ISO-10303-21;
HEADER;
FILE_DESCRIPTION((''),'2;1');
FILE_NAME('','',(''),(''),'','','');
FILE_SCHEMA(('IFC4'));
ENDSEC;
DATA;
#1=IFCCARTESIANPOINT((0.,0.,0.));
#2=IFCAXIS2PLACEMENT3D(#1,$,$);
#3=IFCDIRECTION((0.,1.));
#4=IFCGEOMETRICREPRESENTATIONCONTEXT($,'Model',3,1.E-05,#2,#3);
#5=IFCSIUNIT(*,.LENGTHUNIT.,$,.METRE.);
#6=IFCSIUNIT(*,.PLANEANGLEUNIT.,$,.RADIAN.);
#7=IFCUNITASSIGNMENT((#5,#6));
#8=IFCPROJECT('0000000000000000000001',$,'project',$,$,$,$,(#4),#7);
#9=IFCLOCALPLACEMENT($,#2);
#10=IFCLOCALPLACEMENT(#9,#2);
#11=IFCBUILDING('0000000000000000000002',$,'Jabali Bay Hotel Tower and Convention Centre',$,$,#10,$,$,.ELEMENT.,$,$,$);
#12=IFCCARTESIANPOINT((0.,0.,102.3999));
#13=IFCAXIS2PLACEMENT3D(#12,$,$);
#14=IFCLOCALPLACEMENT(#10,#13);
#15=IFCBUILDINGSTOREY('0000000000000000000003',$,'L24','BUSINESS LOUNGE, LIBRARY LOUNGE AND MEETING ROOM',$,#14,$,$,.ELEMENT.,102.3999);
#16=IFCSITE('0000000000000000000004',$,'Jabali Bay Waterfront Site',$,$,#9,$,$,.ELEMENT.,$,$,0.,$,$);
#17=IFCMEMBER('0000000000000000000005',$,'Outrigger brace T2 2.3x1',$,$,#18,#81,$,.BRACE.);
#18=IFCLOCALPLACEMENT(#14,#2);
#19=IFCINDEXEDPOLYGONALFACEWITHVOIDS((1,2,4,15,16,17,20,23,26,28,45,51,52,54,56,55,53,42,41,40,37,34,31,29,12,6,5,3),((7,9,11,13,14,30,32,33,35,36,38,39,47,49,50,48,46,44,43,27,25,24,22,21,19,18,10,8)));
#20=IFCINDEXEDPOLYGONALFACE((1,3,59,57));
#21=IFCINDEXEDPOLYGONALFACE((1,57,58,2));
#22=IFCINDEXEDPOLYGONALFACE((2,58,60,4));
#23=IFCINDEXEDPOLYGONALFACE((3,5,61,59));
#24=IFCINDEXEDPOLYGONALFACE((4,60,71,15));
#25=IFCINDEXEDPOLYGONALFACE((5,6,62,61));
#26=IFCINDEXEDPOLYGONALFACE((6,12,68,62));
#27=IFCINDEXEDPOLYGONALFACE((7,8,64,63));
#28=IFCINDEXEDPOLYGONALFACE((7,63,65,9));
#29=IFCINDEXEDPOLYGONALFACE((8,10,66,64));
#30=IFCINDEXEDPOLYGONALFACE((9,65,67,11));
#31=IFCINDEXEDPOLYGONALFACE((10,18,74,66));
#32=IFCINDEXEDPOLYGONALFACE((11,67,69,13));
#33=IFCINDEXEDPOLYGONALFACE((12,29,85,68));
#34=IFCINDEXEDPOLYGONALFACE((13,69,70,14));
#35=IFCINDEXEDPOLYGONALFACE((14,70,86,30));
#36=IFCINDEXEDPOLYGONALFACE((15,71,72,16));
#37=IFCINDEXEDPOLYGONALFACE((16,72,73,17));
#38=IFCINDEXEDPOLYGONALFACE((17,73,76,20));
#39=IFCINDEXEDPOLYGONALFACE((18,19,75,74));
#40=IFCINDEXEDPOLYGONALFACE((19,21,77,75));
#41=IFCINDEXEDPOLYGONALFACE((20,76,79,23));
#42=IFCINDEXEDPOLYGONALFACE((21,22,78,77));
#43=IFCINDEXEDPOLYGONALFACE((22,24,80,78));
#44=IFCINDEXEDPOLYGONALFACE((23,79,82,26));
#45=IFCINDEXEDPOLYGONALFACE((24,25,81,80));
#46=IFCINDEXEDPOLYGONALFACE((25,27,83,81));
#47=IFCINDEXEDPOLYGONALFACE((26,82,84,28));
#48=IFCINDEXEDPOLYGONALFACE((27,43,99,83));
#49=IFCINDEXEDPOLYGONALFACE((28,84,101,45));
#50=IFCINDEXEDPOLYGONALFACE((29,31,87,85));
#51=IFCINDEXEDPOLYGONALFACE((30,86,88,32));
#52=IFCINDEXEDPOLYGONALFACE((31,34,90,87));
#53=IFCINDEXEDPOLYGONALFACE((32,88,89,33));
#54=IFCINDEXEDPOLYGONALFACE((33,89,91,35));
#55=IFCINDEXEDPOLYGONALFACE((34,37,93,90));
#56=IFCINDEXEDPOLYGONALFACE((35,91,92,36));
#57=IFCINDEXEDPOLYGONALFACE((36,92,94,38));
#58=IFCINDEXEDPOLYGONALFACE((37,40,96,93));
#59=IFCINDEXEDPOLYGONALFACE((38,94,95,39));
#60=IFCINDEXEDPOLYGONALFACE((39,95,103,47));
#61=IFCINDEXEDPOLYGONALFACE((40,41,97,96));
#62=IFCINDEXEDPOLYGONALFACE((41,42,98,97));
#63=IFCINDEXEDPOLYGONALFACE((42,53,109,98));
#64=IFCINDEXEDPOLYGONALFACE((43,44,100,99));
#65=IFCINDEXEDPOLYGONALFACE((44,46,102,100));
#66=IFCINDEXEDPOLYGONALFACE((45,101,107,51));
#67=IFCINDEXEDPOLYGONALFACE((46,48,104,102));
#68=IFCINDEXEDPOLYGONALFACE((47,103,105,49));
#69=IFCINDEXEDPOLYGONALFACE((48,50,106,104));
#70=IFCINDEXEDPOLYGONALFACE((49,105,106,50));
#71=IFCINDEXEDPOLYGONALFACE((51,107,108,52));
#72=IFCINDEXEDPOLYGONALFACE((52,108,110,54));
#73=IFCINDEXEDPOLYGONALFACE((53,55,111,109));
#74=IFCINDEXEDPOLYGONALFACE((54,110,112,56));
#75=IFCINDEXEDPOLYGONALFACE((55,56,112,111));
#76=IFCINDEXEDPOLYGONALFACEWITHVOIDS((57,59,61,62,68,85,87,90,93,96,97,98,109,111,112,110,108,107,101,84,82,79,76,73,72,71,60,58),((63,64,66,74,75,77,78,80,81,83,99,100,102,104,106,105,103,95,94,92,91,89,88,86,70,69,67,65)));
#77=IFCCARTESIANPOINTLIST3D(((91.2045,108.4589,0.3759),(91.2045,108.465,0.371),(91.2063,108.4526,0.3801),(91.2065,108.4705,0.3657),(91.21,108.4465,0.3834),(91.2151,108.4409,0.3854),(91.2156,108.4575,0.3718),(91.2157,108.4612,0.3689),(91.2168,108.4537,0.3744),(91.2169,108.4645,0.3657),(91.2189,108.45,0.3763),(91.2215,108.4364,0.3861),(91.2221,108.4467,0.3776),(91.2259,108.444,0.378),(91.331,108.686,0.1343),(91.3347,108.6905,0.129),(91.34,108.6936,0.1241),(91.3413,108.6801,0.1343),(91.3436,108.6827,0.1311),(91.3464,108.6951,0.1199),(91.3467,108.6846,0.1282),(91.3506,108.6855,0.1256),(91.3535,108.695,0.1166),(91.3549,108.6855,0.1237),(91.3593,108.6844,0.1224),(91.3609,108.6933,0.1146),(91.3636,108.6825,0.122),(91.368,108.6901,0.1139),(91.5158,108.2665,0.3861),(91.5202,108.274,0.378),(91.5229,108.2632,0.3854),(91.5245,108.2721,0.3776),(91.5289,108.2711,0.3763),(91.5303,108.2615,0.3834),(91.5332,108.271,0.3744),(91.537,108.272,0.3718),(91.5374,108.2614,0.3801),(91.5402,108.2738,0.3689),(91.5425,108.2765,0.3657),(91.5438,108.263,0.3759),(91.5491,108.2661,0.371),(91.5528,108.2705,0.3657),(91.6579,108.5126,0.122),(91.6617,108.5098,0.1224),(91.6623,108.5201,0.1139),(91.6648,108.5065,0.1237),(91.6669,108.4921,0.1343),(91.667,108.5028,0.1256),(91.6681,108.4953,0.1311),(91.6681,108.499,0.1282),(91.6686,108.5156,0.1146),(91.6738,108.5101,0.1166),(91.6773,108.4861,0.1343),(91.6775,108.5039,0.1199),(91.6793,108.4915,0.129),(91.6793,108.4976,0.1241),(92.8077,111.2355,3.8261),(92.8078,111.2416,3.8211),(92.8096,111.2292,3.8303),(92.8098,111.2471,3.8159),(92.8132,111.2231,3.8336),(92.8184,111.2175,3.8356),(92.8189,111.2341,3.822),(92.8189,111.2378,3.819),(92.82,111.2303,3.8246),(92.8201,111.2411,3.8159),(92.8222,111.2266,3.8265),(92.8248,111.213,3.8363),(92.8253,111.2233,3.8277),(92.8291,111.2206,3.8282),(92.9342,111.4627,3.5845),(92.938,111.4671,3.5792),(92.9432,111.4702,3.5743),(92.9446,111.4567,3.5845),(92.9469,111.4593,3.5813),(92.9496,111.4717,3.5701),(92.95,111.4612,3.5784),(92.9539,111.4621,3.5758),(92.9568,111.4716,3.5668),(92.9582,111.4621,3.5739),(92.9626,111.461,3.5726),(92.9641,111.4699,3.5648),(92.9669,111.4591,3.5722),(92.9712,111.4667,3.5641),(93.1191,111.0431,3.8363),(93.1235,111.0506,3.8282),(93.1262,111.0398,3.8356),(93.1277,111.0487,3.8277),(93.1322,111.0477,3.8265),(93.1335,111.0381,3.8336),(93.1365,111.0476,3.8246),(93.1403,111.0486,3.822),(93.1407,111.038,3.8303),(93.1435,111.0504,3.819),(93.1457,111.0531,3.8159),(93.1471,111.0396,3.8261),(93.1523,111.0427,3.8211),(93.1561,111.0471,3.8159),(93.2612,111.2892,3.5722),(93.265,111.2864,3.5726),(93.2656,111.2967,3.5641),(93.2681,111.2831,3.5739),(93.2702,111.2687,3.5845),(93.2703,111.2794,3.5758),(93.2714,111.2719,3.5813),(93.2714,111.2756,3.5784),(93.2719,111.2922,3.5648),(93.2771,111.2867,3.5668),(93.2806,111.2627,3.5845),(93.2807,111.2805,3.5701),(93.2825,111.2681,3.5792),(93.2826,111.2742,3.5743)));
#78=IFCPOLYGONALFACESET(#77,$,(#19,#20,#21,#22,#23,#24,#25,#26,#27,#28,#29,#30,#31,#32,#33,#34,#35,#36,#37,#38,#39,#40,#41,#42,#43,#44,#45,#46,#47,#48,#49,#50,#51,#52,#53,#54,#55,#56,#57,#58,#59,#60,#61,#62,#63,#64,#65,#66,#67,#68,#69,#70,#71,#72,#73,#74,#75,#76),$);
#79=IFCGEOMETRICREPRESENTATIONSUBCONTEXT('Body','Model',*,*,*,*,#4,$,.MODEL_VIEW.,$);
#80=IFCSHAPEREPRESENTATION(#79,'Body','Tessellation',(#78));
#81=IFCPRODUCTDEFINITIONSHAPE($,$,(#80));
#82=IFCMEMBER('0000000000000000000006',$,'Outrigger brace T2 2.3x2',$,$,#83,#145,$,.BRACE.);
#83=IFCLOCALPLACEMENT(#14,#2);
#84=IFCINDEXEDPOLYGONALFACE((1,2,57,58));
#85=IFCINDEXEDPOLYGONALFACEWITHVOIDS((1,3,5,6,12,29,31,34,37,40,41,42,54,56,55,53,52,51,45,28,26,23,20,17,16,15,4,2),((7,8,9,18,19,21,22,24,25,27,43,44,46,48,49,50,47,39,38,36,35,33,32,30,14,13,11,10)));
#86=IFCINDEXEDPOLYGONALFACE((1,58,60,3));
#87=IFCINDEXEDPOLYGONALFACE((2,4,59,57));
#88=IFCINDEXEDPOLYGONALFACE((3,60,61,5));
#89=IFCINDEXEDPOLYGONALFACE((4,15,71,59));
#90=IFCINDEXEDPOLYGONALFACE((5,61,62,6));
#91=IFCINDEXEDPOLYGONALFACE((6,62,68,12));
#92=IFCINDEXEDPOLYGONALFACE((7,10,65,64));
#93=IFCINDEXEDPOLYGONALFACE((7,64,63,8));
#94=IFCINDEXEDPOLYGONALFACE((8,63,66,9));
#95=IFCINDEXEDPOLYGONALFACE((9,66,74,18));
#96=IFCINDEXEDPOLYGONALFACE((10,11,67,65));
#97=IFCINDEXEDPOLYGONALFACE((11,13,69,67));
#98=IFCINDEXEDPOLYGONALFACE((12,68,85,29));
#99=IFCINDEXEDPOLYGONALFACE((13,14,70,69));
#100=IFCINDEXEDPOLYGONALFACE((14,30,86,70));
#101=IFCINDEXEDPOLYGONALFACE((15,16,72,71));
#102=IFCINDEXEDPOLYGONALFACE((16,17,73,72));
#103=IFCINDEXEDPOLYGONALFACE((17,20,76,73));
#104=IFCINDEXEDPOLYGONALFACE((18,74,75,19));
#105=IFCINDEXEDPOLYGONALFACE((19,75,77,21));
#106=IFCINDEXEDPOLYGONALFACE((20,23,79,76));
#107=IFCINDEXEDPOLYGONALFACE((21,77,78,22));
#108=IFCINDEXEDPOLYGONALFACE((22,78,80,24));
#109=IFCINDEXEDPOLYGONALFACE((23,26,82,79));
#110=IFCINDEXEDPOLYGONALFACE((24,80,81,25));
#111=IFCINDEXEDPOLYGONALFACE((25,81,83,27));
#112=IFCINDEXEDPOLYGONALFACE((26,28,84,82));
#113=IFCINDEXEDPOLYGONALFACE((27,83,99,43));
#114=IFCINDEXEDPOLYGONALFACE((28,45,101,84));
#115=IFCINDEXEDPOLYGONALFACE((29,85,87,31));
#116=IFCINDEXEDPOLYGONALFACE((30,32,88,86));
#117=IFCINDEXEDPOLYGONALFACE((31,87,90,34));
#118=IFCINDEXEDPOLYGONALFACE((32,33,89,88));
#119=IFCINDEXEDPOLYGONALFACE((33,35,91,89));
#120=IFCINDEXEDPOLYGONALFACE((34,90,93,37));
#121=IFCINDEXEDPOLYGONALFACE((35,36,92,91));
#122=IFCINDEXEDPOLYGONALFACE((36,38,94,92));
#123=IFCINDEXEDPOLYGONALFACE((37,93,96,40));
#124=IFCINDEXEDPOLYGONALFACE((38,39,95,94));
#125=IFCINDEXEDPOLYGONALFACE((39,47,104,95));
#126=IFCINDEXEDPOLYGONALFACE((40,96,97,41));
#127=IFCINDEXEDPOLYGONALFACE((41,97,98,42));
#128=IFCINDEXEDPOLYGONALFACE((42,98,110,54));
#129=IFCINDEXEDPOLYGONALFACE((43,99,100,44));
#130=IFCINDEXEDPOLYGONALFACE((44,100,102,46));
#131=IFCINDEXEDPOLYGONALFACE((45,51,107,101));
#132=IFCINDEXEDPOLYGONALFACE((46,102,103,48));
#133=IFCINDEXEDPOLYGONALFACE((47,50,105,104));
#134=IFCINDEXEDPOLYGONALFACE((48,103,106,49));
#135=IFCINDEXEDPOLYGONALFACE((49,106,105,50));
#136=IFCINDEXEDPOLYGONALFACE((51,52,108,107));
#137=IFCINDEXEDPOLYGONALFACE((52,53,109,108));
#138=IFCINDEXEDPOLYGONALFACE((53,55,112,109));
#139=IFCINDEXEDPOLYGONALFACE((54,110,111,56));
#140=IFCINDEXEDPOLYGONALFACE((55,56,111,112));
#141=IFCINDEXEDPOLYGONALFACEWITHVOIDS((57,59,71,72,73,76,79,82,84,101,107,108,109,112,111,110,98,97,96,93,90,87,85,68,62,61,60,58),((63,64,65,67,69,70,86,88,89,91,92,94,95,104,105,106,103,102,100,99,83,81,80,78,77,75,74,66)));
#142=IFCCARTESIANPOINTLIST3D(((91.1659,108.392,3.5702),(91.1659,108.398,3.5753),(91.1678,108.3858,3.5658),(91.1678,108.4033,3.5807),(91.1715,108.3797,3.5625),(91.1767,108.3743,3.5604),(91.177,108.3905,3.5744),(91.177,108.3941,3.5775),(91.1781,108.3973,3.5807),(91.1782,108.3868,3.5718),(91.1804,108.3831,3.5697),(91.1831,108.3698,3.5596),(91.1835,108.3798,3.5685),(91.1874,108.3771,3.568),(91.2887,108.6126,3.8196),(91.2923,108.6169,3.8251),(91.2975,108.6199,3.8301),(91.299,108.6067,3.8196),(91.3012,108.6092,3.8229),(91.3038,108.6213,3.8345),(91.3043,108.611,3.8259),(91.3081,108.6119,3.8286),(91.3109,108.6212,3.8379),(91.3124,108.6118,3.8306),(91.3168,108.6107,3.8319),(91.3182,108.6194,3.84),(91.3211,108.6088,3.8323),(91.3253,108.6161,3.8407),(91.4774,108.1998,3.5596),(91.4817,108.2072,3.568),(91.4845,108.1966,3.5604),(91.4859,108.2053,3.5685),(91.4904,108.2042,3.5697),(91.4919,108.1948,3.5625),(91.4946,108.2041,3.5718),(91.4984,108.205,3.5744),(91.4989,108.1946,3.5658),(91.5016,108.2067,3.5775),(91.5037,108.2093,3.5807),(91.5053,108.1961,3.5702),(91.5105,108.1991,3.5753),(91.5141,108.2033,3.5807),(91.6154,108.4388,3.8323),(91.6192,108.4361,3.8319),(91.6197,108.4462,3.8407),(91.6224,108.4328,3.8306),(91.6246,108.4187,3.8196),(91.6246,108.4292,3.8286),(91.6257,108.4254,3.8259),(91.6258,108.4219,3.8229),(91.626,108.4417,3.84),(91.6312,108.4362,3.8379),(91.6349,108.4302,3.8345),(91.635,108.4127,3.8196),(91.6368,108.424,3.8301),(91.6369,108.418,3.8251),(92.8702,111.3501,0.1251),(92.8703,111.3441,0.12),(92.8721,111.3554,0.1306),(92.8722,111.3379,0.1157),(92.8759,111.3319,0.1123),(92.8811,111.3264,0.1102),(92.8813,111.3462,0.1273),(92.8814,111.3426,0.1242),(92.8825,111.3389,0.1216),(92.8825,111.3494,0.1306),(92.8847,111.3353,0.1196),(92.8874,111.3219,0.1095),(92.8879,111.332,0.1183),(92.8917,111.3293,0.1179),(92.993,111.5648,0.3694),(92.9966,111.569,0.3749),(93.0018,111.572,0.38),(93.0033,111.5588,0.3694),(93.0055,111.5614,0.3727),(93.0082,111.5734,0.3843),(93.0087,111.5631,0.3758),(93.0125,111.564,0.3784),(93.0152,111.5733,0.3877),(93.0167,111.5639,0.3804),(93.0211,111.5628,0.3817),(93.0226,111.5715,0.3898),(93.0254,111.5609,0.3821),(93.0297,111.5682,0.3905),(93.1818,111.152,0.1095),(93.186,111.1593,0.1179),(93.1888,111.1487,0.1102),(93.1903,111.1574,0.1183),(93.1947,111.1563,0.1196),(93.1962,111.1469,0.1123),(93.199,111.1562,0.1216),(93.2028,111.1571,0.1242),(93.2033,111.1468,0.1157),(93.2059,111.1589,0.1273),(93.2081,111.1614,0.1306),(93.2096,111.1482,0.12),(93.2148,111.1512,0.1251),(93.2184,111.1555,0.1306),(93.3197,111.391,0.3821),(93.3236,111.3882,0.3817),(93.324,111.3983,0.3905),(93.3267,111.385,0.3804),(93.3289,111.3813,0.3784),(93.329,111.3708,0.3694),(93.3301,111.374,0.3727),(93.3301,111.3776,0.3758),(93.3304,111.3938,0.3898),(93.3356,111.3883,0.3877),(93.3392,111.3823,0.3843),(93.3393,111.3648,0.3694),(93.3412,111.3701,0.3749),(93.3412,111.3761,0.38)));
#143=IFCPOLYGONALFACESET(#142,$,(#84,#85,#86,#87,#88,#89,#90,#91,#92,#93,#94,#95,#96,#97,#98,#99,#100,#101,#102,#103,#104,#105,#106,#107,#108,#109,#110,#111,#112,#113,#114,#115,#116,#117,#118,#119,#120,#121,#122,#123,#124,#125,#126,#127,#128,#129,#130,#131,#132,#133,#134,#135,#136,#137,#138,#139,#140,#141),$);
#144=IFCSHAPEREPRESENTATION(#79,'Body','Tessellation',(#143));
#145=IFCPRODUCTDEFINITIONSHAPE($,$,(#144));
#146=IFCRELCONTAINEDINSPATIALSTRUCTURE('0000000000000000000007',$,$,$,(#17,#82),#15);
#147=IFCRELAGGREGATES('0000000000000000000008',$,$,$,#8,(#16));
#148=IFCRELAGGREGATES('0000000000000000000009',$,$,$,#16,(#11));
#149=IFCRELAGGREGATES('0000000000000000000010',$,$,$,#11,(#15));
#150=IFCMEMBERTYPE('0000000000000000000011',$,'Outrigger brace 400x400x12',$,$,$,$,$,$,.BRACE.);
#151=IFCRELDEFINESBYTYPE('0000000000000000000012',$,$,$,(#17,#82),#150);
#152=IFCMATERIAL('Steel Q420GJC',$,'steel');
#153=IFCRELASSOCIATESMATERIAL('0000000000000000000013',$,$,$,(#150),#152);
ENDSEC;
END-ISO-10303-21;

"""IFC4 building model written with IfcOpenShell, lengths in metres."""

from ifc_helpers import new_model, si_unit, direction, frame, origin, origin_2d, place, context, subcontext, project, spatial, hollow_rectangle, extrude, material, material_profile, profile_set, type_object, element, save


model = new_model("IFC4")

# Units and contexts
model_context = context("Model", 3, precision=1e-05, world=origin(), true_north=direction((0.0, 1.0)))
body_context = subcontext(model_context, "Body", "Model", "MODEL_VIEW")
ifc_project = project(units=[si_unit("LENGTHUNIT", "METRE"), si_unit("PLANEANGLEUNIT", "RADIAN")], contexts=[model_context])

# Site, building, storey
site_placement = place(None, origin())
site = spatial("IfcSite", under=ifc_project, at=site_placement, Name="Jabali Bay Waterfront Site", CompositionType="ELEMENT", RefElevation=0.0)
building_placement = place(site_placement, origin())
building = spatial("IfcBuilding", under=site, at=building_placement, Name="Jabali Bay Hotel Tower and Convention Centre", CompositionType="ELEMENT")
storey_placement = place(building_placement, frame((0.0, 0.0, 102.3999)))
storey = spatial("IfcBuildingStorey", under=building, at=storey_placement, Name="L24", Description="BUSINESS LOUNGE, LIBRARY LOUNGE AND MEETING ROOM", CompositionType="ELEMENT", Elevation=102.3999)

# Shared definitions
ifc_material_1 = material(Name="Steel Q420GJC", Category="steel")

# Members
ifc_material_profile_1 = material_profile(ifc_material_1, hollow_rectangle(XDim=0.3999, YDim=0.3999, WallThickness=0.012, InnerFilletRadius=0.0181, OuterFilletRadius=0.03, at=origin_2d()), Name="Outrigger brace 400x400x12")
ifc_profile_set_1 = profile_set([ifc_material_profile_1], Name="Steel Q420GJC")
member_type_1 = type_object("IfcMemberType", Name="Outrigger brace 400x400x12", PredefinedType="BRACE", material=ifc_profile_set_1)
member_1_placement = place(storey_placement, frame((91.4419, 108.4783, 0.25), z_axis=(0.340399, 0.589517, 0.732529), x_axis=(-0.865999, 0.500045, 0.0)))
element("IfcMember", 1, at=member_1_placement, inside=storey, type_object=member_type_1, Name="Outrigger brace T2 2.3x1", PredefinedType="BRACE", context=body_context, shape_type="SweptSolid", body=[
    extrude(hollow_rectangle(XDim=0.3999, YDim=0.3999, WallThickness=0.012, InnerFilletRadius=0.0181, OuterFilletRadius=0.03, at=origin_2d()), origin(), (0.0, 0.0, 1.0), 4.71),
])
member_2_placement = place(storey_placement, frame((93.1057, 111.3601, 0.25), z_axis=(-0.351402, -0.608673, 0.71136), x_axis=(0.866035, -0.499983, 0.0)))
element("IfcMember", 2, at=member_2_placement, inside=storey, type_object=member_type_1, Name="Outrigger brace T2 2.3x2", PredefinedType="BRACE", context=body_context, shape_type="SweptSolid", body=[
    extrude(hollow_rectangle(XDim=0.3999, YDim=0.3999, WallThickness=0.012, InnerFilletRadius=0.0181, OuterFilletRadius=0.03, at=origin_2d()), origin(), (0.0, 0.0, 1.0), 4.8501),
])

save(model, "model.ifc")
